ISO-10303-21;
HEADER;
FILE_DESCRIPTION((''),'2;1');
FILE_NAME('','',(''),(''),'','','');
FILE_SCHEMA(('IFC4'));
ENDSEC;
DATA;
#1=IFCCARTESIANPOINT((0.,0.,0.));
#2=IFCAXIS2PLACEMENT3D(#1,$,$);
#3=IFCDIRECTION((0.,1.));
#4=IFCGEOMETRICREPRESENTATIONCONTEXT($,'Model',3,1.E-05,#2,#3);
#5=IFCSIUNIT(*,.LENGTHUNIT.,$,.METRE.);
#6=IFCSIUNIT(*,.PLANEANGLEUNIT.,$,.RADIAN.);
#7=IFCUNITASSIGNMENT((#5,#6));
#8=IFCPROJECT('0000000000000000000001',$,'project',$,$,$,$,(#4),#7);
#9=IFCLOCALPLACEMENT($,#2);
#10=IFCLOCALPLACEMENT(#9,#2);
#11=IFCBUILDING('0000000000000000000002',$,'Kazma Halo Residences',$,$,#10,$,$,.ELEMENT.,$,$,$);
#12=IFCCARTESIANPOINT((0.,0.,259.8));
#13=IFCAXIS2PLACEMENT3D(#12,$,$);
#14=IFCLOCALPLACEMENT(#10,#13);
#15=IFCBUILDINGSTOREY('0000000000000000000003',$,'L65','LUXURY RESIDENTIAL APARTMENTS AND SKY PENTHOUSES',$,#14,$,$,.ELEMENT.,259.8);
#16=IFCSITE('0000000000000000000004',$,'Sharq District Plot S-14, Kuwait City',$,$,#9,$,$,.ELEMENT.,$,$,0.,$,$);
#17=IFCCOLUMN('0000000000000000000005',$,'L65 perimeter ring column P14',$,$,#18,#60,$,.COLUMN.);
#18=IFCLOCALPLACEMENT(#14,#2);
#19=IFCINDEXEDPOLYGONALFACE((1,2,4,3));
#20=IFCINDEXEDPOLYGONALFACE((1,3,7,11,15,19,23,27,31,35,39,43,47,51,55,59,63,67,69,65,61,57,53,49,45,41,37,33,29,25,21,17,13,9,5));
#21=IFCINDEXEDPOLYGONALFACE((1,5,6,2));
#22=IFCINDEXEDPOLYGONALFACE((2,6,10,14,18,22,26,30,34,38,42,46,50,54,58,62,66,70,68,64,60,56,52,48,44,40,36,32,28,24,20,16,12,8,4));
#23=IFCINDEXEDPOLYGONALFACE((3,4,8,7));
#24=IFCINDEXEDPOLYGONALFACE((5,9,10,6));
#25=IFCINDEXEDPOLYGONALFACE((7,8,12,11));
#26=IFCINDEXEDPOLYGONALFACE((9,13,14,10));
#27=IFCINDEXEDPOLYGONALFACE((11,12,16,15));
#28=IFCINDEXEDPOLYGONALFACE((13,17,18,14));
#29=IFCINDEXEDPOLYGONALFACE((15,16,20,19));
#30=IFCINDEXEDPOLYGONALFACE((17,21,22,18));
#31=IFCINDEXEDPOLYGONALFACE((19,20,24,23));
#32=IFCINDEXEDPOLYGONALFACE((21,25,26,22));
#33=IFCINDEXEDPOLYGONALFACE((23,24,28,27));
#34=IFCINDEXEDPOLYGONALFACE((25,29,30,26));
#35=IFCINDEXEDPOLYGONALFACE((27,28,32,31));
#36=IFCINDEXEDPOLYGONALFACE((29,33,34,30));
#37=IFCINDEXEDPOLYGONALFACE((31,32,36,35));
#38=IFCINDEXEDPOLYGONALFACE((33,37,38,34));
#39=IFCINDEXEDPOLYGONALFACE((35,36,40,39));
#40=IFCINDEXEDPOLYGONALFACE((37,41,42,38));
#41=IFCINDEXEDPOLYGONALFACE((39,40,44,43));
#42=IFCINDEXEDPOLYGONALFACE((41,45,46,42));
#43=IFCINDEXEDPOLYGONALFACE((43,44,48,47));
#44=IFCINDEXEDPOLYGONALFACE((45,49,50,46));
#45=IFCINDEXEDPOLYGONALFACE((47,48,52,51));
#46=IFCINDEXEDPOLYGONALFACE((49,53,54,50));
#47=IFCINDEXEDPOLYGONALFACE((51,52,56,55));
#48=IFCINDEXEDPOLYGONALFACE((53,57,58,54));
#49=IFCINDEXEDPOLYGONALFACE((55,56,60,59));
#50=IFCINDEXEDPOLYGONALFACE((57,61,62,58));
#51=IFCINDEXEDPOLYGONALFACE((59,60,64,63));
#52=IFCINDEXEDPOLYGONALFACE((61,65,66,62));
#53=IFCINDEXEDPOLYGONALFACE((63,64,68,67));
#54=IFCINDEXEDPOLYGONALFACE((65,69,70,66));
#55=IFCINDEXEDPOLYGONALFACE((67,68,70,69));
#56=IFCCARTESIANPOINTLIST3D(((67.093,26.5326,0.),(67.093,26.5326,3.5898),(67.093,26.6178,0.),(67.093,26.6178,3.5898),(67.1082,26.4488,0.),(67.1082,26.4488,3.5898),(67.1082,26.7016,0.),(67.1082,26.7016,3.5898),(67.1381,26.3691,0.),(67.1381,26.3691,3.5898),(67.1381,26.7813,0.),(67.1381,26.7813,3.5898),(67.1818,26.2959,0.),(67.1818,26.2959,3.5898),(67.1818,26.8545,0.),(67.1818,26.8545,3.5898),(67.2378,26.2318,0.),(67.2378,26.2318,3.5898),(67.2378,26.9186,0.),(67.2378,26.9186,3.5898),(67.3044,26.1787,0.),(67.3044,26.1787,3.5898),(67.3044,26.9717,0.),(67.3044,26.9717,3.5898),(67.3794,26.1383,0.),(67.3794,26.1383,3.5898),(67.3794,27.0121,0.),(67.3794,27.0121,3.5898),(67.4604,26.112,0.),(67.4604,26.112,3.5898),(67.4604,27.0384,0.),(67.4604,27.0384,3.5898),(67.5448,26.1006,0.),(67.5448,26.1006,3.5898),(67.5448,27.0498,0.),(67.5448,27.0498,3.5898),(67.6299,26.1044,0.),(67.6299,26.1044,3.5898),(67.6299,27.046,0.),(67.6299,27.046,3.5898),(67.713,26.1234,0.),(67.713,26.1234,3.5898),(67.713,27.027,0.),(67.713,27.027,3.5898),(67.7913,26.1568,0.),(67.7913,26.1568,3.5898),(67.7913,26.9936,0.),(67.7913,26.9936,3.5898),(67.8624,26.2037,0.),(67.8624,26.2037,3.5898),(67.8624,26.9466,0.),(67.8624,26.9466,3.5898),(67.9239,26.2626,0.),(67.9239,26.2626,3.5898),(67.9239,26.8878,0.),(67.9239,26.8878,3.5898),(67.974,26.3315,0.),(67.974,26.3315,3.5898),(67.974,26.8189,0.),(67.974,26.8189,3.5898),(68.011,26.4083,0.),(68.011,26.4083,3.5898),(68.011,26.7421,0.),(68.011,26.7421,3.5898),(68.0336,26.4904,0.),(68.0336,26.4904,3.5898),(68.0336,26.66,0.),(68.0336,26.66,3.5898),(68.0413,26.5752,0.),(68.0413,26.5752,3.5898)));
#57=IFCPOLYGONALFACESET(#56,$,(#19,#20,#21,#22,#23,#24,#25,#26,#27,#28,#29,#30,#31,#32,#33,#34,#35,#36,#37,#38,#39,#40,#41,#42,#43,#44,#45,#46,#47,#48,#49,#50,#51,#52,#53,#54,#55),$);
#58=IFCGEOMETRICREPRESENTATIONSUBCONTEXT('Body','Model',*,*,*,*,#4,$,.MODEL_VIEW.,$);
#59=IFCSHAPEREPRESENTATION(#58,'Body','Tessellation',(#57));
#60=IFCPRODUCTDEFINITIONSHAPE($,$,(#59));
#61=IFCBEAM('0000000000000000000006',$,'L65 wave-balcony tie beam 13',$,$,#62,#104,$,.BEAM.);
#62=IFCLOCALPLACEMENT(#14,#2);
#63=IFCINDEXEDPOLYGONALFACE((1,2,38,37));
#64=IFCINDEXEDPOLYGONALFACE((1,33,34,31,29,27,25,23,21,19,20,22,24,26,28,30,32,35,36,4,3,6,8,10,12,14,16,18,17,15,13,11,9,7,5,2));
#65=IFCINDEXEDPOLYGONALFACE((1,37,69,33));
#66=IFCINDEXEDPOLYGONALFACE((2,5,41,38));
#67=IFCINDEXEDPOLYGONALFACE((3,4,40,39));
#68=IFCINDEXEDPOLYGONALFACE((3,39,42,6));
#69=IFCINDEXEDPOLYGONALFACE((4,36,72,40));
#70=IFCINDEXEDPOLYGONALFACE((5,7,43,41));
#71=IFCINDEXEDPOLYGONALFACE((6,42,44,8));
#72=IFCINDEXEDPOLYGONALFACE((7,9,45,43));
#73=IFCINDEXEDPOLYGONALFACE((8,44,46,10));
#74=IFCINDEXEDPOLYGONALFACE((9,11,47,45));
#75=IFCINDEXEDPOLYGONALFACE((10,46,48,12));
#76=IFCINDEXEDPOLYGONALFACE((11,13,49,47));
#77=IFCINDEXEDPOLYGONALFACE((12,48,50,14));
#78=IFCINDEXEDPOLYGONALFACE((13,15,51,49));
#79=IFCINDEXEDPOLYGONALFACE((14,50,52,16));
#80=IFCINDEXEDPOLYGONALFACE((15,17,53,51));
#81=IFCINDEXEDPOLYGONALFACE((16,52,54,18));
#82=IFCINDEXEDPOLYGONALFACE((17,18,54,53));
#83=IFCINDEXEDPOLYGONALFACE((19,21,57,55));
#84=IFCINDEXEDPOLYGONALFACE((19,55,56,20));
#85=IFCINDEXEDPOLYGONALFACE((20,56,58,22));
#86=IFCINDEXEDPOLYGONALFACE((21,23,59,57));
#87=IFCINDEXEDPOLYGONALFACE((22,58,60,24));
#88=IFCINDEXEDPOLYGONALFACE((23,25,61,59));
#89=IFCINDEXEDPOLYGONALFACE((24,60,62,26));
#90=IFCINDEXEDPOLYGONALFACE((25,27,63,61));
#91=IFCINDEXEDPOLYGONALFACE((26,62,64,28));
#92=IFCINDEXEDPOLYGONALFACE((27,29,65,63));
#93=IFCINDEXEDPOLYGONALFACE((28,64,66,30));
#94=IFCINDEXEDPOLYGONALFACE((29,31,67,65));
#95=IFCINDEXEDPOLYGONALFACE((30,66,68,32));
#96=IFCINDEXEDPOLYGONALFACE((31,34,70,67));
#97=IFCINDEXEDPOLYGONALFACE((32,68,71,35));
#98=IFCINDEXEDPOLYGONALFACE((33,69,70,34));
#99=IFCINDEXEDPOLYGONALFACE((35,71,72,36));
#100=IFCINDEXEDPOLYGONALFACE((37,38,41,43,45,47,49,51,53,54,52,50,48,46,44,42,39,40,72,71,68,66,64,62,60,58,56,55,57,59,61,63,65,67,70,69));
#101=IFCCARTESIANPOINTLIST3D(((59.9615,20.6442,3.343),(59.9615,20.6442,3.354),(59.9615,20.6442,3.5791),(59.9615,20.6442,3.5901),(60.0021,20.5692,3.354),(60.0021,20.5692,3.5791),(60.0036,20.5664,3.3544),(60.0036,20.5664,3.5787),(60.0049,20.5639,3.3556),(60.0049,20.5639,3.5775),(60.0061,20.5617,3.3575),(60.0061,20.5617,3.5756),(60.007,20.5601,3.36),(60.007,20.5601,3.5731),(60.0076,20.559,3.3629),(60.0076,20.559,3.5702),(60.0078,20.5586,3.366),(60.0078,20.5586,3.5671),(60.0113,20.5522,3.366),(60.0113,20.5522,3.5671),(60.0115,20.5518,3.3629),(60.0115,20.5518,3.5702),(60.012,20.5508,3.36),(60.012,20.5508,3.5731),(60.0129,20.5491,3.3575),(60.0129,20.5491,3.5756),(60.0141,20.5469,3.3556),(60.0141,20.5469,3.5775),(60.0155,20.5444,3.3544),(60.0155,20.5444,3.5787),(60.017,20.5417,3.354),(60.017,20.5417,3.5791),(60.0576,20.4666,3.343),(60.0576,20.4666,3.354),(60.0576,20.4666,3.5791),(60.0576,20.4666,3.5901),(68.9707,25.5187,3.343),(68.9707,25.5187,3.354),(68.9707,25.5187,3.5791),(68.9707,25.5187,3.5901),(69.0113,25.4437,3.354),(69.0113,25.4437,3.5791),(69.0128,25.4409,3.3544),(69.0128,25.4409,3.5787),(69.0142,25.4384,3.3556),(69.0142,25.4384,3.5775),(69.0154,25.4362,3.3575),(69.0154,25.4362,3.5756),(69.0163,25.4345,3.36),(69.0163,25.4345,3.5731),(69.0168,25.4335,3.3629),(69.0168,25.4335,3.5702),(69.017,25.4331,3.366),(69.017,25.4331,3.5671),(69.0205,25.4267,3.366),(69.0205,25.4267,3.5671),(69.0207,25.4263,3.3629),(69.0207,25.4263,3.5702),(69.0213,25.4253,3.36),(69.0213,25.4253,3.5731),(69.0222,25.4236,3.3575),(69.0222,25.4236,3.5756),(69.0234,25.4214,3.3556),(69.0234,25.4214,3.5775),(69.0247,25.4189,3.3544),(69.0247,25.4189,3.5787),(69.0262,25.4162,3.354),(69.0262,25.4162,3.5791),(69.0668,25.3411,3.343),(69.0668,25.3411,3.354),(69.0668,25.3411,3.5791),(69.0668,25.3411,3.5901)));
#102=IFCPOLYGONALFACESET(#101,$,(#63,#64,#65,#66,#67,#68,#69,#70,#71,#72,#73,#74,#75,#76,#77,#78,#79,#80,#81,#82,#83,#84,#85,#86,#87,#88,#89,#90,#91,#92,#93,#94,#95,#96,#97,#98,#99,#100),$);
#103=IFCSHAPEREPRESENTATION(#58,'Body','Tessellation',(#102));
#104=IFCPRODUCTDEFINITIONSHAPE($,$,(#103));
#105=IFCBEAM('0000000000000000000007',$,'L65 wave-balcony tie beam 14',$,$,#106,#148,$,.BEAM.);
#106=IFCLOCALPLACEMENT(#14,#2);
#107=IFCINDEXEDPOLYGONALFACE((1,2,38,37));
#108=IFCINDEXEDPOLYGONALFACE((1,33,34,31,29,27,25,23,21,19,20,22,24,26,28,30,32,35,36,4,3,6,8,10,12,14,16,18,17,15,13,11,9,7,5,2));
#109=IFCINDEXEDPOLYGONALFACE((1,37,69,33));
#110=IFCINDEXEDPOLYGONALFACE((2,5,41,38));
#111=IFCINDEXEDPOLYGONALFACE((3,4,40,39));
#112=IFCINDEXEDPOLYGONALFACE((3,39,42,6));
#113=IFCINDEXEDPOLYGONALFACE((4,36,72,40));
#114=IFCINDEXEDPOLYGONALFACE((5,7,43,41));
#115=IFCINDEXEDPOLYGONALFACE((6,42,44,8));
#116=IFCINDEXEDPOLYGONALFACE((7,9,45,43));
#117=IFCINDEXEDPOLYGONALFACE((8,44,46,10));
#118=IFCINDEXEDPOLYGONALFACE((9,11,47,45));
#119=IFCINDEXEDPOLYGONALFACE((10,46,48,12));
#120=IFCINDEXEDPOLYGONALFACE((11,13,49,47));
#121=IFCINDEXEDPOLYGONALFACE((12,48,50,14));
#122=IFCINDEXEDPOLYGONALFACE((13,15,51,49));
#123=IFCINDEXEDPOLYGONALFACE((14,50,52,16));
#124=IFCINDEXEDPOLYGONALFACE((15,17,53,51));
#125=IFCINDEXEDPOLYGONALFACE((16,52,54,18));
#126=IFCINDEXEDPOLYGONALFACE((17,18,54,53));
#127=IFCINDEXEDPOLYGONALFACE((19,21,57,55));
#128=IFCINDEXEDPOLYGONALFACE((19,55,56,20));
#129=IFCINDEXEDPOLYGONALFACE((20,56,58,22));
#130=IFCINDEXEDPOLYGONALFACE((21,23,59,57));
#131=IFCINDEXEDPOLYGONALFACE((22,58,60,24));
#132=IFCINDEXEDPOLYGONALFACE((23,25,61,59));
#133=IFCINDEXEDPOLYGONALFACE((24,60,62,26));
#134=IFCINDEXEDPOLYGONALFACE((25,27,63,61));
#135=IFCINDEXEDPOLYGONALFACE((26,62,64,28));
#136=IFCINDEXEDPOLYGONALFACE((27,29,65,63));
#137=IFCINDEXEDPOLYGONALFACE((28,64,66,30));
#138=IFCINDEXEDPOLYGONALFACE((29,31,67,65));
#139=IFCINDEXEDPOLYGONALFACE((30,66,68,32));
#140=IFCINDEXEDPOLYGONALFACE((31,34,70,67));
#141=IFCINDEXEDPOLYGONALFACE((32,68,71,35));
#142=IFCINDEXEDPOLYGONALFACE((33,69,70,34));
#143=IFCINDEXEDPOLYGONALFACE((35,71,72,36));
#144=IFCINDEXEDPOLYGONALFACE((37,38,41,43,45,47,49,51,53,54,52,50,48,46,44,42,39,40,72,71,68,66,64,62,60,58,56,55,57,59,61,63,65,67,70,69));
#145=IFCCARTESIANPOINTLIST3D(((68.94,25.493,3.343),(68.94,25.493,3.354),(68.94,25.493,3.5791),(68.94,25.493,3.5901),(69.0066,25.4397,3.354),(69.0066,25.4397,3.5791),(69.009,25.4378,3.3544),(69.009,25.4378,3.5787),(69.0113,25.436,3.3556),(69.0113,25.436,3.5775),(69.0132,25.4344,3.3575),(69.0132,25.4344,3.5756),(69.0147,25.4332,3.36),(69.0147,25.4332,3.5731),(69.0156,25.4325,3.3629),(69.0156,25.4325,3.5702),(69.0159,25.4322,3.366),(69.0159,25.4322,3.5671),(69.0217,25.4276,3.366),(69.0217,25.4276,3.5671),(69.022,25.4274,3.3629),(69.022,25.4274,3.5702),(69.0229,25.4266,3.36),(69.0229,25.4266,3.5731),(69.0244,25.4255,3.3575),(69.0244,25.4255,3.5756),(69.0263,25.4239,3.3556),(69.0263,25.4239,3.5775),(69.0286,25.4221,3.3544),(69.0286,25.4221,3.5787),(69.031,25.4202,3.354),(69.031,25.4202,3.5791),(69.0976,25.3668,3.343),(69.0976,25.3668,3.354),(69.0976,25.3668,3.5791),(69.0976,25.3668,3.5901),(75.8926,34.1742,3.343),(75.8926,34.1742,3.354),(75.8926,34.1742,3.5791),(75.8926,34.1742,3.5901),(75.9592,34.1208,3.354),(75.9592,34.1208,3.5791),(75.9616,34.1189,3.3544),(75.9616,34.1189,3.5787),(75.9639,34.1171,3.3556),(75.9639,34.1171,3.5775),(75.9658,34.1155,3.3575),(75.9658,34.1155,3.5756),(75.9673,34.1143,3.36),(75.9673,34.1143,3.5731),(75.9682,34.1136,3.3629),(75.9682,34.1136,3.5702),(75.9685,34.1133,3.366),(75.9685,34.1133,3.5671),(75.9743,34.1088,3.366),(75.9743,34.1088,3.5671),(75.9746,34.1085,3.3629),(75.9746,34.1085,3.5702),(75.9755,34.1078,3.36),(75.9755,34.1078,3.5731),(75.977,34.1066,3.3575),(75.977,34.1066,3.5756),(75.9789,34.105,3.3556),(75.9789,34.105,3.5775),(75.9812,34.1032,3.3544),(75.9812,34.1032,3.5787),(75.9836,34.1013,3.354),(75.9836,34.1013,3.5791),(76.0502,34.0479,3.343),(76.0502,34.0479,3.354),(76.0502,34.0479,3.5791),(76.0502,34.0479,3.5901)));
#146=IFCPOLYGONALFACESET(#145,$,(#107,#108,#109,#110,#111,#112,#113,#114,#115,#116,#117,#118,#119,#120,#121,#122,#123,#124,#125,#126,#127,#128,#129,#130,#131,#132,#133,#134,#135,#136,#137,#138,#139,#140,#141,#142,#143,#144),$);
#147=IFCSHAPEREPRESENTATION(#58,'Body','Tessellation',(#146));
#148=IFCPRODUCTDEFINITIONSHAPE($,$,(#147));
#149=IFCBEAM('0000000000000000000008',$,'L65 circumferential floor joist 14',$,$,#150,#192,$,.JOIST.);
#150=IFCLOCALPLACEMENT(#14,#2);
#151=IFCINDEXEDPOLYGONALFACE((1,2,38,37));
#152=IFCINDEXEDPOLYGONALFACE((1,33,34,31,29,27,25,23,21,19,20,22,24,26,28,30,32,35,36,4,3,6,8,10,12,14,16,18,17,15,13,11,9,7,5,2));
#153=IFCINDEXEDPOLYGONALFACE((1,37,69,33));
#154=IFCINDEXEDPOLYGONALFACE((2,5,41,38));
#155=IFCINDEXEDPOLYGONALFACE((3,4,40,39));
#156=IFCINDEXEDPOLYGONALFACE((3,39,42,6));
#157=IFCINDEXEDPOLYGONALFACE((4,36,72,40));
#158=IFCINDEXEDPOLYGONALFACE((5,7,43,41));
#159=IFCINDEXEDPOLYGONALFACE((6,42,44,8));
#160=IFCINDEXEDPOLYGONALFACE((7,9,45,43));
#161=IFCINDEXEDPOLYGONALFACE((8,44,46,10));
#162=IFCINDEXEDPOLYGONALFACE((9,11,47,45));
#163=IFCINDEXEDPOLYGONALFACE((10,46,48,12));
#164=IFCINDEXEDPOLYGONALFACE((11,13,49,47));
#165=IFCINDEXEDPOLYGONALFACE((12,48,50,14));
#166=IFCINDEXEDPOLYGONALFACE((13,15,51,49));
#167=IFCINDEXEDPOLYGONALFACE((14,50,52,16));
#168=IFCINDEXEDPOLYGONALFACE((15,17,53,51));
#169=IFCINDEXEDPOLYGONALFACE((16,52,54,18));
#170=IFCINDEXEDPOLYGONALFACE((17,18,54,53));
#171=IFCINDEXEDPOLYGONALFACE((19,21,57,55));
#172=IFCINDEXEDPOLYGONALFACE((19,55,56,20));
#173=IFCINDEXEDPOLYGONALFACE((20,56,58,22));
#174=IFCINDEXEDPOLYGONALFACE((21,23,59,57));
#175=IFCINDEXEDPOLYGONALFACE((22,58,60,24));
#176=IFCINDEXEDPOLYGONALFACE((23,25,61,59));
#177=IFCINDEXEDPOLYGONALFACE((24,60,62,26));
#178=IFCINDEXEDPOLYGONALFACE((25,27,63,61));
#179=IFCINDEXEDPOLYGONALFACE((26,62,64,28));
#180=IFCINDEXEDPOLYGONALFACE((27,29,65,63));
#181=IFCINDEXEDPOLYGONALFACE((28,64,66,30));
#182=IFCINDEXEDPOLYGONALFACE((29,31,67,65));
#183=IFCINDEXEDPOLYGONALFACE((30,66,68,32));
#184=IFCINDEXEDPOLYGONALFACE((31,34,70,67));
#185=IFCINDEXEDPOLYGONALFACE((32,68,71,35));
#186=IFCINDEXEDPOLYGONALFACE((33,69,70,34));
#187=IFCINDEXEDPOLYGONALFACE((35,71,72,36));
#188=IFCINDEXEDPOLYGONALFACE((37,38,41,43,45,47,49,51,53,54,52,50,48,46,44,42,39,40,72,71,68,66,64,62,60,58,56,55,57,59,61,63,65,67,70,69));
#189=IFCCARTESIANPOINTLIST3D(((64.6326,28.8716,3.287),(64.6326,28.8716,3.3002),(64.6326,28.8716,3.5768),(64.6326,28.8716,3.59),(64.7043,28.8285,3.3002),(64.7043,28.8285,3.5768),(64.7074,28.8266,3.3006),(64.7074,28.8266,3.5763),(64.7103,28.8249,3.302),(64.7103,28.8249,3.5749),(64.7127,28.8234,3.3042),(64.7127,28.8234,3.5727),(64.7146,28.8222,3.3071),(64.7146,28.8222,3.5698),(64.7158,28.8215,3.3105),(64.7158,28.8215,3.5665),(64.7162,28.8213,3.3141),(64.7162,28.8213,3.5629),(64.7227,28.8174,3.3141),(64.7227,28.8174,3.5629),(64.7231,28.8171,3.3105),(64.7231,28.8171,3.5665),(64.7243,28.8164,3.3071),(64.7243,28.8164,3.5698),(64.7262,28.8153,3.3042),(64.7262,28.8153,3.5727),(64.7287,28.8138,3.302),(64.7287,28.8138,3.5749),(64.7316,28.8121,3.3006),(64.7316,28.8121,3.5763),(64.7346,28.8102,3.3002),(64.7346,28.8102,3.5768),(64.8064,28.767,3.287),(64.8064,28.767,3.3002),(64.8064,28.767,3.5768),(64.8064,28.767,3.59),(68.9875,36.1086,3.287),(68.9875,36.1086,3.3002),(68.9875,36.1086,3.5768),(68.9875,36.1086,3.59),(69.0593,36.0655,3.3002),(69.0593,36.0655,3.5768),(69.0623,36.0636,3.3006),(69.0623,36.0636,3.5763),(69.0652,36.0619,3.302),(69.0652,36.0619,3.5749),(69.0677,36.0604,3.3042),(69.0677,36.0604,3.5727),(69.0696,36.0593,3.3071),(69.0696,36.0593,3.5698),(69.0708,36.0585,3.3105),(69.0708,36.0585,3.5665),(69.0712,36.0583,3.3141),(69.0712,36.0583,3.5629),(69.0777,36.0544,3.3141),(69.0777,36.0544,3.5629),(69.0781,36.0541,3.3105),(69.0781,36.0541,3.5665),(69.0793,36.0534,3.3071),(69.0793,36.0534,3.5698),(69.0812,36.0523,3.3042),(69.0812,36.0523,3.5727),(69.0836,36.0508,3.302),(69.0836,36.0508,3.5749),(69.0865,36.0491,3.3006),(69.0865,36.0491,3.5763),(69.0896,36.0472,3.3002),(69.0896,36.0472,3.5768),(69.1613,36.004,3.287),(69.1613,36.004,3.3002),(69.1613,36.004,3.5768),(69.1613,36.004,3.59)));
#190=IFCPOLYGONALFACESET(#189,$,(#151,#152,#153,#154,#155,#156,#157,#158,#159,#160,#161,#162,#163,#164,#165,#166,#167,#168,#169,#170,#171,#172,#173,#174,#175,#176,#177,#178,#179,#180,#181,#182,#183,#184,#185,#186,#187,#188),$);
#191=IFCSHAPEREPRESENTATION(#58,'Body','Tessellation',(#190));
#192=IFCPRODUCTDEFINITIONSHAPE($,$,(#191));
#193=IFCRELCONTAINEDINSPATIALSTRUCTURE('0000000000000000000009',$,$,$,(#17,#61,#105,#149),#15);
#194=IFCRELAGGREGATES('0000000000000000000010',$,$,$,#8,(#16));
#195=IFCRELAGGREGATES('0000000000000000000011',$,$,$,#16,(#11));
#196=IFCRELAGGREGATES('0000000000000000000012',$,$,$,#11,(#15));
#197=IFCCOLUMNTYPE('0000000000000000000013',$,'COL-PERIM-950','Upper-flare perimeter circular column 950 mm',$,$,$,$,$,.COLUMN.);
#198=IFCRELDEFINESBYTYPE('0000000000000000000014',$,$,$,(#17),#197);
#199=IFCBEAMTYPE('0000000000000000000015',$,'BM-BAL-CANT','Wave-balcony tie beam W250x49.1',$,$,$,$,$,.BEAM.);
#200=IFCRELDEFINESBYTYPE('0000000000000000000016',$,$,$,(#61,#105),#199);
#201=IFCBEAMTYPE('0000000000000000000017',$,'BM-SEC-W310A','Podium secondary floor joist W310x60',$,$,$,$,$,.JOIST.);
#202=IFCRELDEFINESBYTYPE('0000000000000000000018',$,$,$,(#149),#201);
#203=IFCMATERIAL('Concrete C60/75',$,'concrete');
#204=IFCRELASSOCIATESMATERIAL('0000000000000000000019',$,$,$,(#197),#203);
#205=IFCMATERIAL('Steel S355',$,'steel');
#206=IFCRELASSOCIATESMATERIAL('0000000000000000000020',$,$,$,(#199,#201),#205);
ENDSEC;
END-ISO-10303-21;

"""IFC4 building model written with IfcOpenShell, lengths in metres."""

from ifc_helpers import new_model, si_unit, direction, frame, origin, origin_2d, place, context, subcontext, project, spatial, circle, i_section, extrude, material, material_profile, profile_set, type_object, element, save


model = new_model("IFC4")

# Units and contexts
model_context = context("Model", 3, precision=1e-05, world=origin(), true_north=direction((0.0, 1.0)))
body_context = subcontext(model_context, "Body", "Model", "MODEL_VIEW")
ifc_project = project(units=[si_unit("LENGTHUNIT", "METRE"), si_unit("PLANEANGLEUNIT", "RADIAN")], contexts=[model_context])

# Site, building, storey
site_placement = place(None, origin())
site = spatial("IfcSite", under=ifc_project, at=site_placement, Name="Sharq District Plot S-14, Kuwait City", CompositionType="ELEMENT", RefElevation=0.0)
building_placement = place(site_placement, origin())
building = spatial("IfcBuilding", under=site, at=building_placement, Name="Kazma Halo Residences", CompositionType="ELEMENT")
storey_placement = place(building_placement, frame((0.0, 0.0, 259.8)))
storey = spatial("IfcBuildingStorey", under=building, at=storey_placement, Name="L65", Description="LUXURY RESIDENTIAL APARTMENTS AND SKY PENTHOUSES", CompositionType="ELEMENT", Elevation=259.8)

# Column
ifc_material_1 = material(Name="Concrete C60/75", Category="concrete")
ifc_material_profile_1 = material_profile(ifc_material_1, circle(Radius=0.4751, at=origin_2d()), Name="CIRC950")
ifc_profile_set_1 = profile_set([ifc_material_profile_1], Name="Concrete C60/75")
column_type = type_object("IfcColumnType", Name="COL-PERIM-950", Description="Upper-flare perimeter circular column 950 mm", PredefinedType="COLUMN", material=ifc_profile_set_1)
column_placement = place(storey_placement, frame((67.5662, 26.5752, 0.0), z_axis=(0.0, 0.0, 1.0), x_axis=(1.0, 0.0, 0.0)))
element("IfcColumn", 1, at=column_placement, inside=storey, type_object=column_type, Name="L65 perimeter ring column P14", PredefinedType="COLUMN", context=body_context, shape_type="SweptSolid", body=[
    extrude(circle(Radius=0.4751, at=origin_2d()), origin(), (0.0, 0.0, 1.0), 3.5898),
])

# Beams
ifc_material_2 = material(Name="Steel S355", Category="steel")
ifc_material_profile_2 = material_profile(ifc_material_2, i_section(OverallWidth=0.2019, OverallDepth=0.2471, WebThickness=0.0073, FlangeThickness=0.011, FilletRadius=0.012, at=origin_2d()), Name="W250x49.1")
ifc_profile_set_2 = profile_set([ifc_material_profile_2], Name="Steel S355")
beam_type_1 = type_object("IfcBeamType", Name="BM-BAL-CANT", Description="Wave-balcony tie beam W250x49.1", PredefinedType="BEAM", material=ifc_profile_set_2)
beam_1_placement = place(storey_placement, frame((60.0095, 20.5554, 3.4666), z_axis=(0.879517, 0.475867, 0.0), x_axis=(-0.475867, 0.879517, 0.0)))
element("IfcBeam", 2, at=beam_1_placement, inside=storey, type_object=beam_type_1, Name="L65 wave-balcony tie beam 13", PredefinedType="BEAM", context=body_context, shape_type="SweptSolid", body=[
    extrude(i_section(OverallWidth=0.2019, OverallDepth=0.2471, WebThickness=0.0073, FlangeThickness=0.011, FilletRadius=0.012, at=origin_2d()), origin(), (0.0, 0.0, 1.0), 10.2434),
])
beam_2_placement = place(storey_placement, frame((69.0188, 25.4299, 3.4666), z_axis=(0.625118, 0.78053, 0.0), x_axis=(-0.78053, 0.625118, 0.0)))
element("IfcBeam", 3, at=beam_2_placement, inside=storey, type_object=beam_type_1, Name="L65 wave-balcony tie beam 14", PredefinedType="BEAM", context=body_context, shape_type="SweptSolid", body=[
    extrude(i_section(OverallWidth=0.2019, OverallDepth=0.2471, WebThickness=0.0073, FlangeThickness=0.011, FilletRadius=0.012, at=origin_2d()), origin(), (0.0, 0.0, 1.0), 11.1221),
])
ifc_material_profile_3 = material_profile(ifc_material_2, i_section(OverallWidth=0.2029, OverallDepth=0.303, WebThickness=0.0076, FlangeThickness=0.0132, FilletRadius=0.0139, at=origin_2d()), Name="W310x60")
ifc_profile_set_3 = profile_set([ifc_material_profile_3], Name="Steel S355")
beam_type_2 = type_object("IfcBeamType", Name="BM-SEC-W310A", Description="Podium secondary floor joist W310x60", PredefinedType="JOIST", material=ifc_profile_set_3)
beam_3_placement = place(storey_placement, frame((64.7195, 28.8193, 3.4385), z_axis=(0.515605, 0.856827, 0.0), x_axis=(-0.856827, 0.515605, 0.0)))
element("IfcBeam", 4, at=beam_3_placement, inside=storey, type_object=beam_type_2, Name="L65 circumferential floor joist 14", PredefinedType="JOIST", context=body_context, shape_type="SweptSolid", body=[
    extrude(i_section(OverallWidth=0.2029, OverallDepth=0.303, WebThickness=0.0076, FlangeThickness=0.0132, FilletRadius=0.0139, at=origin_2d()), origin(), (0.0, 0.0, 1.0), 8.4463),
])

save(model, "model.ifc")
